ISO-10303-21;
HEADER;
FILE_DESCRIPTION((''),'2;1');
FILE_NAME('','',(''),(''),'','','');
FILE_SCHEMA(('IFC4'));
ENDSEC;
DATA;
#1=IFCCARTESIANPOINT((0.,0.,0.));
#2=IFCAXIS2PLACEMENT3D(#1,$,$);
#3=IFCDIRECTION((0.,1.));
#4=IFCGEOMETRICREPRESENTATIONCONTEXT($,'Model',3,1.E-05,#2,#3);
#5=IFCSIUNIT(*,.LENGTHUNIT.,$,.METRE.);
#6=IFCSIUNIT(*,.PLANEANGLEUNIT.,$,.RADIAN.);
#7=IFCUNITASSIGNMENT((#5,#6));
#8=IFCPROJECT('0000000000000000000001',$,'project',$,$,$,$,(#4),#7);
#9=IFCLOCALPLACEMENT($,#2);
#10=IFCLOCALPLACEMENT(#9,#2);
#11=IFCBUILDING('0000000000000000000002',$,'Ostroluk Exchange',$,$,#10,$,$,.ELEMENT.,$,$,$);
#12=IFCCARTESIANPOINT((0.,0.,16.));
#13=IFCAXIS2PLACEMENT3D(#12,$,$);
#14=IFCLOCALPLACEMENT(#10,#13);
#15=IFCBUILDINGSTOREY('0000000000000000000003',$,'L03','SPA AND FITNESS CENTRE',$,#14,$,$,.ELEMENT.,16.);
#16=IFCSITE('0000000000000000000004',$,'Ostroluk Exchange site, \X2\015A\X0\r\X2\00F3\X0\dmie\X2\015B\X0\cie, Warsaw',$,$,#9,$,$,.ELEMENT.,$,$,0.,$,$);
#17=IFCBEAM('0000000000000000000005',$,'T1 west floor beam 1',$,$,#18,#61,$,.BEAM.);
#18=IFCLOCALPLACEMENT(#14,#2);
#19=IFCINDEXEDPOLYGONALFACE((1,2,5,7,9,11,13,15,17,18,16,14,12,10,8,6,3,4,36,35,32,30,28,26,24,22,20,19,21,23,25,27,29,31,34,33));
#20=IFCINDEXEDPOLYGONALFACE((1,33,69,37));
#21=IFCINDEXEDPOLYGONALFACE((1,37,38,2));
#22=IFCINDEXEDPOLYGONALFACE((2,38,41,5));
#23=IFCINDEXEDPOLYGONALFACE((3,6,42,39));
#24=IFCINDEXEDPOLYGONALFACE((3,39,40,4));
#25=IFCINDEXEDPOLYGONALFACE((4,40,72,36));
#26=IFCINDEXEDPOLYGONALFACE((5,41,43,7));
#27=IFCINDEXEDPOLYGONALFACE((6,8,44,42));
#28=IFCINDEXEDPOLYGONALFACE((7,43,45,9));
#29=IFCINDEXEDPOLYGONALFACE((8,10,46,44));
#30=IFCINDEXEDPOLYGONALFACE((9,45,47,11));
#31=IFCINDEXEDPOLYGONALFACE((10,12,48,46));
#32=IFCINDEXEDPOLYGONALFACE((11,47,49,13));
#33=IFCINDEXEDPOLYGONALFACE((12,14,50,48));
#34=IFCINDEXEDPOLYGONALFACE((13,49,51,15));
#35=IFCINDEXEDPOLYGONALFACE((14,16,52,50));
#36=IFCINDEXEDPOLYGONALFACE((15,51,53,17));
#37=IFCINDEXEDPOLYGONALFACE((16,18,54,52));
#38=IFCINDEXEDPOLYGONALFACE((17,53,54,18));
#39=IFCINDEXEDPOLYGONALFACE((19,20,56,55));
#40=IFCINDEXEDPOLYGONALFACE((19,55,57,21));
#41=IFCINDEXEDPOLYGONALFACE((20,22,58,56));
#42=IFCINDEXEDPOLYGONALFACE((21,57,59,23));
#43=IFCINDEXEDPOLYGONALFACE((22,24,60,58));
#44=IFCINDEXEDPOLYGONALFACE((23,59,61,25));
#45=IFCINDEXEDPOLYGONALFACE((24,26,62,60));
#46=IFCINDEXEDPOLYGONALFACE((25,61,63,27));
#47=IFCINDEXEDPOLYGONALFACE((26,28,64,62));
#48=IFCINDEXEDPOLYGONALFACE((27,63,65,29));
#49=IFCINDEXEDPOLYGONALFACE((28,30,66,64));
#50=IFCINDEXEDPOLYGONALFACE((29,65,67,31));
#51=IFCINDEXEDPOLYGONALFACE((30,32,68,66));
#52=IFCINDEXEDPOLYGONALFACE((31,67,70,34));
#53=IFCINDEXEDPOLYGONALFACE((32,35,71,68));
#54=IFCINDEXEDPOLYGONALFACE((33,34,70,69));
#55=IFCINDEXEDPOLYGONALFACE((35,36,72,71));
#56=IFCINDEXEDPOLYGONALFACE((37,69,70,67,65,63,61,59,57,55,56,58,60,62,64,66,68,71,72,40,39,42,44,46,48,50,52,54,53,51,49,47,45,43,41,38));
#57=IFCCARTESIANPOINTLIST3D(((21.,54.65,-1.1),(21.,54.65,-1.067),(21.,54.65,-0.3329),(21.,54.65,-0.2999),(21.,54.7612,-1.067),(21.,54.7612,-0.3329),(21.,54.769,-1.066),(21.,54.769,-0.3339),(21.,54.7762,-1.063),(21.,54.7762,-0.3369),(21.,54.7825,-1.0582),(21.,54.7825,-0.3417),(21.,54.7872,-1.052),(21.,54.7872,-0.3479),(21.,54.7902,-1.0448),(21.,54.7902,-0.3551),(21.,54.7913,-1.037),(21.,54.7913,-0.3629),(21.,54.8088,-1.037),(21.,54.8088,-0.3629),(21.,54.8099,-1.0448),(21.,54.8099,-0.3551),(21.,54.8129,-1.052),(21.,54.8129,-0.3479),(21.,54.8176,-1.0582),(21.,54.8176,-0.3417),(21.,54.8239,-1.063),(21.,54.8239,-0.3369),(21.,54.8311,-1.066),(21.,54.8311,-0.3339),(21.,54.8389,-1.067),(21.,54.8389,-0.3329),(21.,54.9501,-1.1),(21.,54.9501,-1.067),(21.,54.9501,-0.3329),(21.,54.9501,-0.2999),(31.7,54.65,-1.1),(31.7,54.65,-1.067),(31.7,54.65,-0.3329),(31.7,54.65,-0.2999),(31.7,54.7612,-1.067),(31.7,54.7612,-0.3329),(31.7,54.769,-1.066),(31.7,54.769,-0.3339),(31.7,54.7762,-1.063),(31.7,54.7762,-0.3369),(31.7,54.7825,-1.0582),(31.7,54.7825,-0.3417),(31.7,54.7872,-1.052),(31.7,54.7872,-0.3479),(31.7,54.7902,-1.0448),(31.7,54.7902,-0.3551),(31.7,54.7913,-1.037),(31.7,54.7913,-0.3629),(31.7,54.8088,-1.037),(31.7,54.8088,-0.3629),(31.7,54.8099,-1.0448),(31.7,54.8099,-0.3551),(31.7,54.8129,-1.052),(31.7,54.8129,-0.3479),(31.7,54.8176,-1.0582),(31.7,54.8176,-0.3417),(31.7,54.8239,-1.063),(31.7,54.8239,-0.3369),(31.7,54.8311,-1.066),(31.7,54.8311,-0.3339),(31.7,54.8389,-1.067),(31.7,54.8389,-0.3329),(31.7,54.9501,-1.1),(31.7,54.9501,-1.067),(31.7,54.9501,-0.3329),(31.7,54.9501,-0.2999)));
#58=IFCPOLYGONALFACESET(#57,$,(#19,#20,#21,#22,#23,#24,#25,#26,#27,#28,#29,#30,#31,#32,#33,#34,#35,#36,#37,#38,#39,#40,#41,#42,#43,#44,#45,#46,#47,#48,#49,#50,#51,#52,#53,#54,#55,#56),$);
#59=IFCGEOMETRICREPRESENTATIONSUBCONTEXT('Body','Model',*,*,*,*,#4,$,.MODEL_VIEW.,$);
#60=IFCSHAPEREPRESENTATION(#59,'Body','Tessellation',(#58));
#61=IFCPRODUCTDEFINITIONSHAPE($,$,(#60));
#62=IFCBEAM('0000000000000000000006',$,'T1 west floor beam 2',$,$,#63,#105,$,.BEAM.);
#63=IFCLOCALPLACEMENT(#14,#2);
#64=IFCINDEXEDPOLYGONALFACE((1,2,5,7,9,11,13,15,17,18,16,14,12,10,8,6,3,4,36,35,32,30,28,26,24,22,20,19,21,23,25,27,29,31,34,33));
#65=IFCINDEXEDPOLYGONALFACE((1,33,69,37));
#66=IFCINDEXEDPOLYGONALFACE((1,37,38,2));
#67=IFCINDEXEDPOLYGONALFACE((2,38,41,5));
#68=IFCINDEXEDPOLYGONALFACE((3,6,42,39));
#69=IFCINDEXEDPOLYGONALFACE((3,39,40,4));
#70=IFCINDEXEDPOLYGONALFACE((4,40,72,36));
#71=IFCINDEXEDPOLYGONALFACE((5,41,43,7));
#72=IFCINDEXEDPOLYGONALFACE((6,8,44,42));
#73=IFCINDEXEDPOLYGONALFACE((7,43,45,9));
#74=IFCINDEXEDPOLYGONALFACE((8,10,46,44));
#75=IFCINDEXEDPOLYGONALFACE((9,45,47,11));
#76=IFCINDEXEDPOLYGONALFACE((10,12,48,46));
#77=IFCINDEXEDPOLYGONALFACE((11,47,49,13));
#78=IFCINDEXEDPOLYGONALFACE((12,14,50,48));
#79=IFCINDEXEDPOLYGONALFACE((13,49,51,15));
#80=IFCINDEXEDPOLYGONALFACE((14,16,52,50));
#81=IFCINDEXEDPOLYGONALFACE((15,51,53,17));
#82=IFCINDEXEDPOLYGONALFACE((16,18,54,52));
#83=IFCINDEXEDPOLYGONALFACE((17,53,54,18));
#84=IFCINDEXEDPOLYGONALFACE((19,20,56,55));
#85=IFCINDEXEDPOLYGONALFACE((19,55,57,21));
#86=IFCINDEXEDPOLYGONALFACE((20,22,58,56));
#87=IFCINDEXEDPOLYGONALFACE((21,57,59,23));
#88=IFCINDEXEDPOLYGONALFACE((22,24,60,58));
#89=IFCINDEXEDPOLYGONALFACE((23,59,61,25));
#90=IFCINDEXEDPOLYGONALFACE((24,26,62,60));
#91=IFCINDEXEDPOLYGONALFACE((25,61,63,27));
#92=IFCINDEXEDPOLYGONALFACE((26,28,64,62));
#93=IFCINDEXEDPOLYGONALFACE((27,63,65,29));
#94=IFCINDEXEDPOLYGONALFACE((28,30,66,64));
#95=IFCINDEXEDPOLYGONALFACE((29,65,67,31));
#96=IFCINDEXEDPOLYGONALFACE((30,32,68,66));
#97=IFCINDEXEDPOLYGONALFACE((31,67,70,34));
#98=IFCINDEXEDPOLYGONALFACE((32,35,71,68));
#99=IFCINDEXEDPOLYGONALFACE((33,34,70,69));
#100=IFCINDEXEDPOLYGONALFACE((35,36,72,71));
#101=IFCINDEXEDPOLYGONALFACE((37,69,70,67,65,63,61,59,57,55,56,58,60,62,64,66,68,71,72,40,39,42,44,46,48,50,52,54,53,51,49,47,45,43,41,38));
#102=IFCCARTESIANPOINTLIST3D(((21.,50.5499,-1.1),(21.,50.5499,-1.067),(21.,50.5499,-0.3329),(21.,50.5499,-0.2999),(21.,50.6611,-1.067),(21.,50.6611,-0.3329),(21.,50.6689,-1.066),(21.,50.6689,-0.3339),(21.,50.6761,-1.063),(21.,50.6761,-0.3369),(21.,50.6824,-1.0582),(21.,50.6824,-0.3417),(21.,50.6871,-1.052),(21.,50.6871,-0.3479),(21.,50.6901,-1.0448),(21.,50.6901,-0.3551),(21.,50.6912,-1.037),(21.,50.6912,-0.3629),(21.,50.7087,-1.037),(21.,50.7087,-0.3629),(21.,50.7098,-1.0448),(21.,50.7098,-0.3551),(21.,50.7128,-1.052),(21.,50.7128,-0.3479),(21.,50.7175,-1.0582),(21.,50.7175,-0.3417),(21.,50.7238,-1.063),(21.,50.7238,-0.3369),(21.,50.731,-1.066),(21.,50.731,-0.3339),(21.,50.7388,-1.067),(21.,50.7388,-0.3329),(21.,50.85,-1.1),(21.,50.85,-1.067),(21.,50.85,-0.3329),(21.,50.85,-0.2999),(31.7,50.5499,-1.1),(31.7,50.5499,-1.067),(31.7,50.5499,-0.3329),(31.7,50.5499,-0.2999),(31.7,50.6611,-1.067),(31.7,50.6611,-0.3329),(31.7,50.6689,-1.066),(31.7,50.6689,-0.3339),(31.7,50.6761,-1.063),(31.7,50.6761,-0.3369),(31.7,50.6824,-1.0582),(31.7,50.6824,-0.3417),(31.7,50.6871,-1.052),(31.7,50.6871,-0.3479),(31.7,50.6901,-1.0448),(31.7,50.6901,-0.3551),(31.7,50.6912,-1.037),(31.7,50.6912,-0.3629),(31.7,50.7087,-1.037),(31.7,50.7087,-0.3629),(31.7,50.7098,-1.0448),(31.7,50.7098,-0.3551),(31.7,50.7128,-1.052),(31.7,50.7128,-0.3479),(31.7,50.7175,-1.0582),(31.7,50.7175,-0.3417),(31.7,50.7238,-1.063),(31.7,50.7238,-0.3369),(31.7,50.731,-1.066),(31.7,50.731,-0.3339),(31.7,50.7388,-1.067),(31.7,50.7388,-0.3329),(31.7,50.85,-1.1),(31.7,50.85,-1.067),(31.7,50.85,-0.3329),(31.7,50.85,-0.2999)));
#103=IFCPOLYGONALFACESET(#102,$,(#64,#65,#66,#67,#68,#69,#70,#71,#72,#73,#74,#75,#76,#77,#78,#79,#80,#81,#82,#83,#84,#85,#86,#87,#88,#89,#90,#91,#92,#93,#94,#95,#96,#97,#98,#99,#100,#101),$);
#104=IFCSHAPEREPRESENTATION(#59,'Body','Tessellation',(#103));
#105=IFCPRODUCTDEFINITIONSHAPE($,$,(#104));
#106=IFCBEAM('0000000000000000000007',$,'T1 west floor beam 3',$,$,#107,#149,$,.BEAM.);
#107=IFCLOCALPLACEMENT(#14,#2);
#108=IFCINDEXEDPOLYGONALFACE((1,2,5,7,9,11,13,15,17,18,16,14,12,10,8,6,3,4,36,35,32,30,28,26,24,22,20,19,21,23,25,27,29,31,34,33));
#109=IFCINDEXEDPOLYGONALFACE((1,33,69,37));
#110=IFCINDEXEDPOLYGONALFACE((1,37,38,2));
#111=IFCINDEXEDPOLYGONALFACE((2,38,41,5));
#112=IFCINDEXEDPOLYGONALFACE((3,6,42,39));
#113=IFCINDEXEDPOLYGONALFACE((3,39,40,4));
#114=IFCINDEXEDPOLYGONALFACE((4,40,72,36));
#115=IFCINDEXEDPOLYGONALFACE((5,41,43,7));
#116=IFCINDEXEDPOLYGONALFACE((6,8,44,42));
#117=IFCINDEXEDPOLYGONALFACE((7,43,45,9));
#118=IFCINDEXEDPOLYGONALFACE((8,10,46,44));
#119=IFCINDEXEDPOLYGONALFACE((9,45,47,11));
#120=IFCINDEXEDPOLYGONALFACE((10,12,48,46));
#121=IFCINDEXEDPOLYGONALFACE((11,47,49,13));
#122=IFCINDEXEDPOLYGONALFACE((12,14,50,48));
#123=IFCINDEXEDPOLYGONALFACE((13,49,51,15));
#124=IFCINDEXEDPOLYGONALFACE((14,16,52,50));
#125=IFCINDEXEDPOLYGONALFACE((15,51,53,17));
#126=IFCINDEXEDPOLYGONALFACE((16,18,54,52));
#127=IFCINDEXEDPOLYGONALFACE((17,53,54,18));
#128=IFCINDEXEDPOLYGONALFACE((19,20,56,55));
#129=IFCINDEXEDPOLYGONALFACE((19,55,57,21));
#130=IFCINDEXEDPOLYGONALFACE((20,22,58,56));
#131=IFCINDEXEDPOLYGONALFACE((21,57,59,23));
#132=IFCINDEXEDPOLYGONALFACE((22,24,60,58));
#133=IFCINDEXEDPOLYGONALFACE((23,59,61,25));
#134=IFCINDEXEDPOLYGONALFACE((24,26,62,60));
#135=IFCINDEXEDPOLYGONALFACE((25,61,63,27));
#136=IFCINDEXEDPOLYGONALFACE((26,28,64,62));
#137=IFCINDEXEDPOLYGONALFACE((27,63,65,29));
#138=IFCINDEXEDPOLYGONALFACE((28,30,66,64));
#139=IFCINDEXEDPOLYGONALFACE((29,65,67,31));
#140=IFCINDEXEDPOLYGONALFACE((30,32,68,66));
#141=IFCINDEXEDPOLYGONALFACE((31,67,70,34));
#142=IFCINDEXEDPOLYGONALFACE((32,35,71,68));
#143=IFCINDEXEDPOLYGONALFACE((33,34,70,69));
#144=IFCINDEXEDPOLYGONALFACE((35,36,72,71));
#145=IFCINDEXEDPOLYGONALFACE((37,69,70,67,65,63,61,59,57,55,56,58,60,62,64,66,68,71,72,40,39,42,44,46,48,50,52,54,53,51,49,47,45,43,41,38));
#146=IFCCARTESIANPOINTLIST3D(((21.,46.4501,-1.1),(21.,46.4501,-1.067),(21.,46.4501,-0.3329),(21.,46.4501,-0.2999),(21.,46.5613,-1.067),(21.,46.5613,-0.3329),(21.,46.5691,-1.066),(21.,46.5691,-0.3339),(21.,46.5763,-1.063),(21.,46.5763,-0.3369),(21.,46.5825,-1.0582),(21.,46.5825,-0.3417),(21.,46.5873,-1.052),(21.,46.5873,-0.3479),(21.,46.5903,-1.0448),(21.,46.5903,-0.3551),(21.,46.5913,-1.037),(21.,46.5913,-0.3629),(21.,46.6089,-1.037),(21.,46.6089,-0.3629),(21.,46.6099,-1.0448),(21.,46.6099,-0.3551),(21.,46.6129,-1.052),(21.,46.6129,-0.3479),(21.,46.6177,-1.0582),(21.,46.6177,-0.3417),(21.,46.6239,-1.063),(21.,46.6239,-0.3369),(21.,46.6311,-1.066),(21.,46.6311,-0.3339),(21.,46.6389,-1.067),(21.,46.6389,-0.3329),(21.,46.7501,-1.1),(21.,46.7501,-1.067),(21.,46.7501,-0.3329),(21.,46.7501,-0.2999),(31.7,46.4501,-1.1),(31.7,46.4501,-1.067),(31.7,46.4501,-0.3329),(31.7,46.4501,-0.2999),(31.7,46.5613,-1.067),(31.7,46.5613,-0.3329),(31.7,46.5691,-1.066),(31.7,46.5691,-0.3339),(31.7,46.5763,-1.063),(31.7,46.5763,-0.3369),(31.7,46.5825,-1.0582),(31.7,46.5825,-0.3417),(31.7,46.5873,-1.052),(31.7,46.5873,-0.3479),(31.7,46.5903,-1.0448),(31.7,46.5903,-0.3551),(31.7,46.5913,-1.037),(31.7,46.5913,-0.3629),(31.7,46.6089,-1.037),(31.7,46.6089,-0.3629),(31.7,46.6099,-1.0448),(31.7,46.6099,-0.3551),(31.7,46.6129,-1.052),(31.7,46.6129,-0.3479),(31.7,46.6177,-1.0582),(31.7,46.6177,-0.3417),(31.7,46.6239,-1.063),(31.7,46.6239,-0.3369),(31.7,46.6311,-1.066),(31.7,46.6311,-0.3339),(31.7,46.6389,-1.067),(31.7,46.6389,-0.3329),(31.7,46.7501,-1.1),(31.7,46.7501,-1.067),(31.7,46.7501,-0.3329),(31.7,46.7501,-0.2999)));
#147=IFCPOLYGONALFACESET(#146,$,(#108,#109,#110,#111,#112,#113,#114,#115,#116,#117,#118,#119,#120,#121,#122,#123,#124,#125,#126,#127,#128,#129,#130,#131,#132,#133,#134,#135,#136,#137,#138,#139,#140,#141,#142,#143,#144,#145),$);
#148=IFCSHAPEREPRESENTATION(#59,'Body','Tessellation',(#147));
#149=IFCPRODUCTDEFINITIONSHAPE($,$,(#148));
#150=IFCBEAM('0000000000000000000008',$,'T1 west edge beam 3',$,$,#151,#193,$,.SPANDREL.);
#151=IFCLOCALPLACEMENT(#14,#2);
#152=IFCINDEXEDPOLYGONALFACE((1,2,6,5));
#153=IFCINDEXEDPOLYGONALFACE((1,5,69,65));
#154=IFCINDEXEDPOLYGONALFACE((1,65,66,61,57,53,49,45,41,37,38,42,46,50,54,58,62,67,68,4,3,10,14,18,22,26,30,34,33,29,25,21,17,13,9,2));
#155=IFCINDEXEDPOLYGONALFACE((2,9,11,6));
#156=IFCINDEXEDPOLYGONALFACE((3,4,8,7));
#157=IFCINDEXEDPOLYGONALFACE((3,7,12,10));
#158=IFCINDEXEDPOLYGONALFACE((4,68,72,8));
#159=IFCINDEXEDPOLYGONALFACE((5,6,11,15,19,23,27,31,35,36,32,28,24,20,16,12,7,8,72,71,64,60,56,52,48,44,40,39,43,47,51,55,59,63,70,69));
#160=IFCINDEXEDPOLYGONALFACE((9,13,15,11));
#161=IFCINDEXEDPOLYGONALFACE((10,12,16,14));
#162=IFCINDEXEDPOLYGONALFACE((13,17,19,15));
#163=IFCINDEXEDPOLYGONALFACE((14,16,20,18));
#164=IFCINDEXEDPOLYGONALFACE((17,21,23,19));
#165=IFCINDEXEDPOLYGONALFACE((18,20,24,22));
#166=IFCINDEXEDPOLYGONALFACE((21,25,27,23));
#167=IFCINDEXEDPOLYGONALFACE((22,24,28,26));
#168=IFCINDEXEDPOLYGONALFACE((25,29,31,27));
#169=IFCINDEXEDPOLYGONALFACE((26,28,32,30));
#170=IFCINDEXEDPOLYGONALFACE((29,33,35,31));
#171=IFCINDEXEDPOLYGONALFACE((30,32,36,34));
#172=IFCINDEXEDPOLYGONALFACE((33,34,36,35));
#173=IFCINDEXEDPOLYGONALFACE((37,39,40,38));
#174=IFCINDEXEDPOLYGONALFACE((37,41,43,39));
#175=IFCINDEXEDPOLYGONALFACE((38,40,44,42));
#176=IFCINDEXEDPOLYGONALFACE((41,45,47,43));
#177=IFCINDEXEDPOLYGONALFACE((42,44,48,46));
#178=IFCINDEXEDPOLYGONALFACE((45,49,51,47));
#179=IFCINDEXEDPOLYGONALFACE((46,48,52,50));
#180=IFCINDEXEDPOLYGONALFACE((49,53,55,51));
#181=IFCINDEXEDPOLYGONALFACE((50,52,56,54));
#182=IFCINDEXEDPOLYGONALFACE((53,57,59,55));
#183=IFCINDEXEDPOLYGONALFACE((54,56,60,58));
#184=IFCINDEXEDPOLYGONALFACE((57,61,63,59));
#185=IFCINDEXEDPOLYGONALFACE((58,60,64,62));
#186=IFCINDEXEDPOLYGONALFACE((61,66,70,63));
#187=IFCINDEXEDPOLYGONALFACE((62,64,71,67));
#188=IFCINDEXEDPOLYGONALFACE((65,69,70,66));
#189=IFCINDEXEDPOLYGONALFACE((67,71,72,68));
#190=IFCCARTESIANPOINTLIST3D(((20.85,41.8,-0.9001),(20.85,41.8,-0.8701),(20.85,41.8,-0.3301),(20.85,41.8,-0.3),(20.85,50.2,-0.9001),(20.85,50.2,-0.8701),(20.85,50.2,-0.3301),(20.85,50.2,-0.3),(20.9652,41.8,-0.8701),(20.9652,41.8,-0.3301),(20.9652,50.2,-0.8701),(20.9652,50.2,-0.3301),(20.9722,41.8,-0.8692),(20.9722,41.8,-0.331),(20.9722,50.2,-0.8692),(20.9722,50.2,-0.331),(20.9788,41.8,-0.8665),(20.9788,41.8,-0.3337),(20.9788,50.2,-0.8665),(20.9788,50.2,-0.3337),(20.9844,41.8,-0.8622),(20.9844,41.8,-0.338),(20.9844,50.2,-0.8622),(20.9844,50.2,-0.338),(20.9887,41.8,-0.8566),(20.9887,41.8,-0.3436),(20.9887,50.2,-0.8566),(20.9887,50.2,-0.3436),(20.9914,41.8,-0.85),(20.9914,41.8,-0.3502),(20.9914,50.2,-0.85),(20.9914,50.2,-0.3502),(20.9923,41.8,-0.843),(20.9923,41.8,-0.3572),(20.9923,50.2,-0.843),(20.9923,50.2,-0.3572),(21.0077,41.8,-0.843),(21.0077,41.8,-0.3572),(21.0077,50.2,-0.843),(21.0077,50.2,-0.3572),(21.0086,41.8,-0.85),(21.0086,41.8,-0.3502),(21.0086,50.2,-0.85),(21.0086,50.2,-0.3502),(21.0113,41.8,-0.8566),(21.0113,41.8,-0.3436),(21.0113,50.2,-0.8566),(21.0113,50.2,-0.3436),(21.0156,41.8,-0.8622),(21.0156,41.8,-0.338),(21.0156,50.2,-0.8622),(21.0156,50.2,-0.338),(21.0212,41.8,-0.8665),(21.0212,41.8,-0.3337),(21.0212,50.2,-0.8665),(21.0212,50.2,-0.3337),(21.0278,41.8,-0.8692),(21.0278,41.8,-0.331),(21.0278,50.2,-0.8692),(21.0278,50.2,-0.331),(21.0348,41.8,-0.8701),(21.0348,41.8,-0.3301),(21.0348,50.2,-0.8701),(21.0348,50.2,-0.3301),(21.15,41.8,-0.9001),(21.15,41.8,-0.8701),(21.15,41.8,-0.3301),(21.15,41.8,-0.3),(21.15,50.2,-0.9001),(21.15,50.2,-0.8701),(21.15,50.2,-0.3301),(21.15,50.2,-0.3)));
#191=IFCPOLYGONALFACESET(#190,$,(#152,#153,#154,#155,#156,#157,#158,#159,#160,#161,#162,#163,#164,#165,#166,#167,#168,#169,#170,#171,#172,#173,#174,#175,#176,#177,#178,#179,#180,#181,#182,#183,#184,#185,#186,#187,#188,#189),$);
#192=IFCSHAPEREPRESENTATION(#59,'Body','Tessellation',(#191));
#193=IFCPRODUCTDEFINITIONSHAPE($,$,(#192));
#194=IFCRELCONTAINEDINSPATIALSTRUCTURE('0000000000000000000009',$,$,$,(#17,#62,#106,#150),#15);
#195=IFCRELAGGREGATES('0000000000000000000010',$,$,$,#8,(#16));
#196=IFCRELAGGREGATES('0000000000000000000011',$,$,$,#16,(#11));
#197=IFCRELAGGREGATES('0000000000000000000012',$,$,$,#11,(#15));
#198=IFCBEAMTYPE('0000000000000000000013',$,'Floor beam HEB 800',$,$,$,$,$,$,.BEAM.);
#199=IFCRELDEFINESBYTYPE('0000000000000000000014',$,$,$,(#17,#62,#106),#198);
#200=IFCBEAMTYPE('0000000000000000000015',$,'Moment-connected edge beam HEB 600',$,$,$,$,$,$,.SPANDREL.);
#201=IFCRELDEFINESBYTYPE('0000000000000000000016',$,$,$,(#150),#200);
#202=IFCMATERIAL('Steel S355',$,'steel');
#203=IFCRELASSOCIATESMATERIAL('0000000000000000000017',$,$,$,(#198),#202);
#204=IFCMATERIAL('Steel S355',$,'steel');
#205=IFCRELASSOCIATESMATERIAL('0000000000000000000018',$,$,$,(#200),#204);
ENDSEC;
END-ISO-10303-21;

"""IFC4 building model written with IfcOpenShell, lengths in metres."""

from ifc_helpers import new_model, si_unit, direction, frame, origin, origin_2d, place, context, subcontext, project, spatial, i_section, extrude, material, material_profile, profile_set, type_object, element, save


model = new_model("IFC4")

# Units and contexts
model_context = context("Model", 3, precision=1e-05, world=origin(), true_north=direction((0.0, 1.0)))
body_context = subcontext(model_context, "Body", "Model", "MODEL_VIEW")
ifc_project = project(units=[si_unit("LENGTHUNIT", "METRE"), si_unit("PLANEANGLEUNIT", "RADIAN")], contexts=[model_context])

# Site, building, storey
site_placement = place(None, origin())
site = spatial("IfcSite", under=ifc_project, at=site_placement, Name="Ostroluk Exchange site, Śródmieście, Warsaw", CompositionType="ELEMENT", RefElevation=0.0)
building_placement = place(site_placement, origin())
building = spatial("IfcBuilding", under=site, at=building_placement, Name="Ostroluk Exchange", CompositionType="ELEMENT")
storey_placement = place(building_placement, frame((0.0, 0.0, 16.0)))
storey = spatial("IfcBuildingStorey", under=building, at=storey_placement, Name="L03", Description="SPA AND FITNESS CENTRE", CompositionType="ELEMENT", Elevation=16.0)

# Beams
ifc_material_1 = material(Name="Steel S355", Category="steel")
ifc_material_profile_1 = material_profile(ifc_material_1, i_section(OverallWidth=0.3, OverallDepth=0.8, WebThickness=0.0176, FlangeThickness=0.033, FilletRadius=0.03, at=origin_2d()), Name="HEB 800")
ifc_profile_set_1 = profile_set([ifc_material_profile_1], Name="Steel S355")
beam_type_1 = type_object("IfcBeamType", Name="Floor beam HEB 800", PredefinedType="BEAM", material=ifc_profile_set_1)
for number, where, z_axis, x_axis, name in (
    (1, (31.7, 54.8, -0.7), (-1.0, 0.0, 0.0), (0.0, -1.0, 0.0), "T1 west floor beam 1"),
    (2, (31.7, 50.7, -0.7), (-1.0, 0.0, 0.0), (0.0, -1.0, 0.0), "T1 west floor beam 2"),
    (3, (31.7, 46.6001, -0.7), (-1.0, 0.0, 0.0), (0.0, -1.0, 0.0), "T1 west floor beam 3"),
):
    element("IfcBeam", number, at=place(storey_placement, frame(where, z_axis=z_axis, x_axis=x_axis)), inside=storey, type_object=beam_type_1, Name=name, PredefinedType="BEAM", context=body_context, shape_type="SweptSolid", body=[
        extrude(i_section(OverallWidth=0.3, OverallDepth=0.8, WebThickness=0.0176, FlangeThickness=0.033, FilletRadius=0.03, at=origin_2d()), origin(), (0.0, 0.0, 1.0), 10.7),
    ])
ifc_material_2 = material(Name="Steel S355", Category="steel")
ifc_material_profile_2 = material_profile(ifc_material_2, i_section(OverallWidth=0.3, OverallDepth=0.6001, WebThickness=0.0154, FlangeThickness=0.03, FilletRadius=0.0271, at=origin_2d()), Name="HEB 600")
ifc_profile_set_2 = profile_set([ifc_material_profile_2], Name="Steel S355")
beam_type_2 = type_object("IfcBeamType", Name="Moment-connected edge beam HEB 600", PredefinedType="SPANDREL", material=ifc_profile_set_2)
beam_placement = place(storey_placement, frame((21.0, 50.2, -0.6001), z_axis=(0.0, -1.0, 0.0), x_axis=(1.0, 0.0, 0.0)))
element("IfcBeam", 4, at=beam_placement, inside=storey, type_object=beam_type_2, Name="T1 west edge beam 3", PredefinedType="SPANDREL", context=body_context, shape_type="SweptSolid", body=[
    extrude(i_section(OverallWidth=0.3, OverallDepth=0.6001, WebThickness=0.0154, FlangeThickness=0.03, FilletRadius=0.0271, at=origin_2d()), origin(), (0.0, 0.0, 1.0), 8.3999),
])

save(model, "model.ifc")
